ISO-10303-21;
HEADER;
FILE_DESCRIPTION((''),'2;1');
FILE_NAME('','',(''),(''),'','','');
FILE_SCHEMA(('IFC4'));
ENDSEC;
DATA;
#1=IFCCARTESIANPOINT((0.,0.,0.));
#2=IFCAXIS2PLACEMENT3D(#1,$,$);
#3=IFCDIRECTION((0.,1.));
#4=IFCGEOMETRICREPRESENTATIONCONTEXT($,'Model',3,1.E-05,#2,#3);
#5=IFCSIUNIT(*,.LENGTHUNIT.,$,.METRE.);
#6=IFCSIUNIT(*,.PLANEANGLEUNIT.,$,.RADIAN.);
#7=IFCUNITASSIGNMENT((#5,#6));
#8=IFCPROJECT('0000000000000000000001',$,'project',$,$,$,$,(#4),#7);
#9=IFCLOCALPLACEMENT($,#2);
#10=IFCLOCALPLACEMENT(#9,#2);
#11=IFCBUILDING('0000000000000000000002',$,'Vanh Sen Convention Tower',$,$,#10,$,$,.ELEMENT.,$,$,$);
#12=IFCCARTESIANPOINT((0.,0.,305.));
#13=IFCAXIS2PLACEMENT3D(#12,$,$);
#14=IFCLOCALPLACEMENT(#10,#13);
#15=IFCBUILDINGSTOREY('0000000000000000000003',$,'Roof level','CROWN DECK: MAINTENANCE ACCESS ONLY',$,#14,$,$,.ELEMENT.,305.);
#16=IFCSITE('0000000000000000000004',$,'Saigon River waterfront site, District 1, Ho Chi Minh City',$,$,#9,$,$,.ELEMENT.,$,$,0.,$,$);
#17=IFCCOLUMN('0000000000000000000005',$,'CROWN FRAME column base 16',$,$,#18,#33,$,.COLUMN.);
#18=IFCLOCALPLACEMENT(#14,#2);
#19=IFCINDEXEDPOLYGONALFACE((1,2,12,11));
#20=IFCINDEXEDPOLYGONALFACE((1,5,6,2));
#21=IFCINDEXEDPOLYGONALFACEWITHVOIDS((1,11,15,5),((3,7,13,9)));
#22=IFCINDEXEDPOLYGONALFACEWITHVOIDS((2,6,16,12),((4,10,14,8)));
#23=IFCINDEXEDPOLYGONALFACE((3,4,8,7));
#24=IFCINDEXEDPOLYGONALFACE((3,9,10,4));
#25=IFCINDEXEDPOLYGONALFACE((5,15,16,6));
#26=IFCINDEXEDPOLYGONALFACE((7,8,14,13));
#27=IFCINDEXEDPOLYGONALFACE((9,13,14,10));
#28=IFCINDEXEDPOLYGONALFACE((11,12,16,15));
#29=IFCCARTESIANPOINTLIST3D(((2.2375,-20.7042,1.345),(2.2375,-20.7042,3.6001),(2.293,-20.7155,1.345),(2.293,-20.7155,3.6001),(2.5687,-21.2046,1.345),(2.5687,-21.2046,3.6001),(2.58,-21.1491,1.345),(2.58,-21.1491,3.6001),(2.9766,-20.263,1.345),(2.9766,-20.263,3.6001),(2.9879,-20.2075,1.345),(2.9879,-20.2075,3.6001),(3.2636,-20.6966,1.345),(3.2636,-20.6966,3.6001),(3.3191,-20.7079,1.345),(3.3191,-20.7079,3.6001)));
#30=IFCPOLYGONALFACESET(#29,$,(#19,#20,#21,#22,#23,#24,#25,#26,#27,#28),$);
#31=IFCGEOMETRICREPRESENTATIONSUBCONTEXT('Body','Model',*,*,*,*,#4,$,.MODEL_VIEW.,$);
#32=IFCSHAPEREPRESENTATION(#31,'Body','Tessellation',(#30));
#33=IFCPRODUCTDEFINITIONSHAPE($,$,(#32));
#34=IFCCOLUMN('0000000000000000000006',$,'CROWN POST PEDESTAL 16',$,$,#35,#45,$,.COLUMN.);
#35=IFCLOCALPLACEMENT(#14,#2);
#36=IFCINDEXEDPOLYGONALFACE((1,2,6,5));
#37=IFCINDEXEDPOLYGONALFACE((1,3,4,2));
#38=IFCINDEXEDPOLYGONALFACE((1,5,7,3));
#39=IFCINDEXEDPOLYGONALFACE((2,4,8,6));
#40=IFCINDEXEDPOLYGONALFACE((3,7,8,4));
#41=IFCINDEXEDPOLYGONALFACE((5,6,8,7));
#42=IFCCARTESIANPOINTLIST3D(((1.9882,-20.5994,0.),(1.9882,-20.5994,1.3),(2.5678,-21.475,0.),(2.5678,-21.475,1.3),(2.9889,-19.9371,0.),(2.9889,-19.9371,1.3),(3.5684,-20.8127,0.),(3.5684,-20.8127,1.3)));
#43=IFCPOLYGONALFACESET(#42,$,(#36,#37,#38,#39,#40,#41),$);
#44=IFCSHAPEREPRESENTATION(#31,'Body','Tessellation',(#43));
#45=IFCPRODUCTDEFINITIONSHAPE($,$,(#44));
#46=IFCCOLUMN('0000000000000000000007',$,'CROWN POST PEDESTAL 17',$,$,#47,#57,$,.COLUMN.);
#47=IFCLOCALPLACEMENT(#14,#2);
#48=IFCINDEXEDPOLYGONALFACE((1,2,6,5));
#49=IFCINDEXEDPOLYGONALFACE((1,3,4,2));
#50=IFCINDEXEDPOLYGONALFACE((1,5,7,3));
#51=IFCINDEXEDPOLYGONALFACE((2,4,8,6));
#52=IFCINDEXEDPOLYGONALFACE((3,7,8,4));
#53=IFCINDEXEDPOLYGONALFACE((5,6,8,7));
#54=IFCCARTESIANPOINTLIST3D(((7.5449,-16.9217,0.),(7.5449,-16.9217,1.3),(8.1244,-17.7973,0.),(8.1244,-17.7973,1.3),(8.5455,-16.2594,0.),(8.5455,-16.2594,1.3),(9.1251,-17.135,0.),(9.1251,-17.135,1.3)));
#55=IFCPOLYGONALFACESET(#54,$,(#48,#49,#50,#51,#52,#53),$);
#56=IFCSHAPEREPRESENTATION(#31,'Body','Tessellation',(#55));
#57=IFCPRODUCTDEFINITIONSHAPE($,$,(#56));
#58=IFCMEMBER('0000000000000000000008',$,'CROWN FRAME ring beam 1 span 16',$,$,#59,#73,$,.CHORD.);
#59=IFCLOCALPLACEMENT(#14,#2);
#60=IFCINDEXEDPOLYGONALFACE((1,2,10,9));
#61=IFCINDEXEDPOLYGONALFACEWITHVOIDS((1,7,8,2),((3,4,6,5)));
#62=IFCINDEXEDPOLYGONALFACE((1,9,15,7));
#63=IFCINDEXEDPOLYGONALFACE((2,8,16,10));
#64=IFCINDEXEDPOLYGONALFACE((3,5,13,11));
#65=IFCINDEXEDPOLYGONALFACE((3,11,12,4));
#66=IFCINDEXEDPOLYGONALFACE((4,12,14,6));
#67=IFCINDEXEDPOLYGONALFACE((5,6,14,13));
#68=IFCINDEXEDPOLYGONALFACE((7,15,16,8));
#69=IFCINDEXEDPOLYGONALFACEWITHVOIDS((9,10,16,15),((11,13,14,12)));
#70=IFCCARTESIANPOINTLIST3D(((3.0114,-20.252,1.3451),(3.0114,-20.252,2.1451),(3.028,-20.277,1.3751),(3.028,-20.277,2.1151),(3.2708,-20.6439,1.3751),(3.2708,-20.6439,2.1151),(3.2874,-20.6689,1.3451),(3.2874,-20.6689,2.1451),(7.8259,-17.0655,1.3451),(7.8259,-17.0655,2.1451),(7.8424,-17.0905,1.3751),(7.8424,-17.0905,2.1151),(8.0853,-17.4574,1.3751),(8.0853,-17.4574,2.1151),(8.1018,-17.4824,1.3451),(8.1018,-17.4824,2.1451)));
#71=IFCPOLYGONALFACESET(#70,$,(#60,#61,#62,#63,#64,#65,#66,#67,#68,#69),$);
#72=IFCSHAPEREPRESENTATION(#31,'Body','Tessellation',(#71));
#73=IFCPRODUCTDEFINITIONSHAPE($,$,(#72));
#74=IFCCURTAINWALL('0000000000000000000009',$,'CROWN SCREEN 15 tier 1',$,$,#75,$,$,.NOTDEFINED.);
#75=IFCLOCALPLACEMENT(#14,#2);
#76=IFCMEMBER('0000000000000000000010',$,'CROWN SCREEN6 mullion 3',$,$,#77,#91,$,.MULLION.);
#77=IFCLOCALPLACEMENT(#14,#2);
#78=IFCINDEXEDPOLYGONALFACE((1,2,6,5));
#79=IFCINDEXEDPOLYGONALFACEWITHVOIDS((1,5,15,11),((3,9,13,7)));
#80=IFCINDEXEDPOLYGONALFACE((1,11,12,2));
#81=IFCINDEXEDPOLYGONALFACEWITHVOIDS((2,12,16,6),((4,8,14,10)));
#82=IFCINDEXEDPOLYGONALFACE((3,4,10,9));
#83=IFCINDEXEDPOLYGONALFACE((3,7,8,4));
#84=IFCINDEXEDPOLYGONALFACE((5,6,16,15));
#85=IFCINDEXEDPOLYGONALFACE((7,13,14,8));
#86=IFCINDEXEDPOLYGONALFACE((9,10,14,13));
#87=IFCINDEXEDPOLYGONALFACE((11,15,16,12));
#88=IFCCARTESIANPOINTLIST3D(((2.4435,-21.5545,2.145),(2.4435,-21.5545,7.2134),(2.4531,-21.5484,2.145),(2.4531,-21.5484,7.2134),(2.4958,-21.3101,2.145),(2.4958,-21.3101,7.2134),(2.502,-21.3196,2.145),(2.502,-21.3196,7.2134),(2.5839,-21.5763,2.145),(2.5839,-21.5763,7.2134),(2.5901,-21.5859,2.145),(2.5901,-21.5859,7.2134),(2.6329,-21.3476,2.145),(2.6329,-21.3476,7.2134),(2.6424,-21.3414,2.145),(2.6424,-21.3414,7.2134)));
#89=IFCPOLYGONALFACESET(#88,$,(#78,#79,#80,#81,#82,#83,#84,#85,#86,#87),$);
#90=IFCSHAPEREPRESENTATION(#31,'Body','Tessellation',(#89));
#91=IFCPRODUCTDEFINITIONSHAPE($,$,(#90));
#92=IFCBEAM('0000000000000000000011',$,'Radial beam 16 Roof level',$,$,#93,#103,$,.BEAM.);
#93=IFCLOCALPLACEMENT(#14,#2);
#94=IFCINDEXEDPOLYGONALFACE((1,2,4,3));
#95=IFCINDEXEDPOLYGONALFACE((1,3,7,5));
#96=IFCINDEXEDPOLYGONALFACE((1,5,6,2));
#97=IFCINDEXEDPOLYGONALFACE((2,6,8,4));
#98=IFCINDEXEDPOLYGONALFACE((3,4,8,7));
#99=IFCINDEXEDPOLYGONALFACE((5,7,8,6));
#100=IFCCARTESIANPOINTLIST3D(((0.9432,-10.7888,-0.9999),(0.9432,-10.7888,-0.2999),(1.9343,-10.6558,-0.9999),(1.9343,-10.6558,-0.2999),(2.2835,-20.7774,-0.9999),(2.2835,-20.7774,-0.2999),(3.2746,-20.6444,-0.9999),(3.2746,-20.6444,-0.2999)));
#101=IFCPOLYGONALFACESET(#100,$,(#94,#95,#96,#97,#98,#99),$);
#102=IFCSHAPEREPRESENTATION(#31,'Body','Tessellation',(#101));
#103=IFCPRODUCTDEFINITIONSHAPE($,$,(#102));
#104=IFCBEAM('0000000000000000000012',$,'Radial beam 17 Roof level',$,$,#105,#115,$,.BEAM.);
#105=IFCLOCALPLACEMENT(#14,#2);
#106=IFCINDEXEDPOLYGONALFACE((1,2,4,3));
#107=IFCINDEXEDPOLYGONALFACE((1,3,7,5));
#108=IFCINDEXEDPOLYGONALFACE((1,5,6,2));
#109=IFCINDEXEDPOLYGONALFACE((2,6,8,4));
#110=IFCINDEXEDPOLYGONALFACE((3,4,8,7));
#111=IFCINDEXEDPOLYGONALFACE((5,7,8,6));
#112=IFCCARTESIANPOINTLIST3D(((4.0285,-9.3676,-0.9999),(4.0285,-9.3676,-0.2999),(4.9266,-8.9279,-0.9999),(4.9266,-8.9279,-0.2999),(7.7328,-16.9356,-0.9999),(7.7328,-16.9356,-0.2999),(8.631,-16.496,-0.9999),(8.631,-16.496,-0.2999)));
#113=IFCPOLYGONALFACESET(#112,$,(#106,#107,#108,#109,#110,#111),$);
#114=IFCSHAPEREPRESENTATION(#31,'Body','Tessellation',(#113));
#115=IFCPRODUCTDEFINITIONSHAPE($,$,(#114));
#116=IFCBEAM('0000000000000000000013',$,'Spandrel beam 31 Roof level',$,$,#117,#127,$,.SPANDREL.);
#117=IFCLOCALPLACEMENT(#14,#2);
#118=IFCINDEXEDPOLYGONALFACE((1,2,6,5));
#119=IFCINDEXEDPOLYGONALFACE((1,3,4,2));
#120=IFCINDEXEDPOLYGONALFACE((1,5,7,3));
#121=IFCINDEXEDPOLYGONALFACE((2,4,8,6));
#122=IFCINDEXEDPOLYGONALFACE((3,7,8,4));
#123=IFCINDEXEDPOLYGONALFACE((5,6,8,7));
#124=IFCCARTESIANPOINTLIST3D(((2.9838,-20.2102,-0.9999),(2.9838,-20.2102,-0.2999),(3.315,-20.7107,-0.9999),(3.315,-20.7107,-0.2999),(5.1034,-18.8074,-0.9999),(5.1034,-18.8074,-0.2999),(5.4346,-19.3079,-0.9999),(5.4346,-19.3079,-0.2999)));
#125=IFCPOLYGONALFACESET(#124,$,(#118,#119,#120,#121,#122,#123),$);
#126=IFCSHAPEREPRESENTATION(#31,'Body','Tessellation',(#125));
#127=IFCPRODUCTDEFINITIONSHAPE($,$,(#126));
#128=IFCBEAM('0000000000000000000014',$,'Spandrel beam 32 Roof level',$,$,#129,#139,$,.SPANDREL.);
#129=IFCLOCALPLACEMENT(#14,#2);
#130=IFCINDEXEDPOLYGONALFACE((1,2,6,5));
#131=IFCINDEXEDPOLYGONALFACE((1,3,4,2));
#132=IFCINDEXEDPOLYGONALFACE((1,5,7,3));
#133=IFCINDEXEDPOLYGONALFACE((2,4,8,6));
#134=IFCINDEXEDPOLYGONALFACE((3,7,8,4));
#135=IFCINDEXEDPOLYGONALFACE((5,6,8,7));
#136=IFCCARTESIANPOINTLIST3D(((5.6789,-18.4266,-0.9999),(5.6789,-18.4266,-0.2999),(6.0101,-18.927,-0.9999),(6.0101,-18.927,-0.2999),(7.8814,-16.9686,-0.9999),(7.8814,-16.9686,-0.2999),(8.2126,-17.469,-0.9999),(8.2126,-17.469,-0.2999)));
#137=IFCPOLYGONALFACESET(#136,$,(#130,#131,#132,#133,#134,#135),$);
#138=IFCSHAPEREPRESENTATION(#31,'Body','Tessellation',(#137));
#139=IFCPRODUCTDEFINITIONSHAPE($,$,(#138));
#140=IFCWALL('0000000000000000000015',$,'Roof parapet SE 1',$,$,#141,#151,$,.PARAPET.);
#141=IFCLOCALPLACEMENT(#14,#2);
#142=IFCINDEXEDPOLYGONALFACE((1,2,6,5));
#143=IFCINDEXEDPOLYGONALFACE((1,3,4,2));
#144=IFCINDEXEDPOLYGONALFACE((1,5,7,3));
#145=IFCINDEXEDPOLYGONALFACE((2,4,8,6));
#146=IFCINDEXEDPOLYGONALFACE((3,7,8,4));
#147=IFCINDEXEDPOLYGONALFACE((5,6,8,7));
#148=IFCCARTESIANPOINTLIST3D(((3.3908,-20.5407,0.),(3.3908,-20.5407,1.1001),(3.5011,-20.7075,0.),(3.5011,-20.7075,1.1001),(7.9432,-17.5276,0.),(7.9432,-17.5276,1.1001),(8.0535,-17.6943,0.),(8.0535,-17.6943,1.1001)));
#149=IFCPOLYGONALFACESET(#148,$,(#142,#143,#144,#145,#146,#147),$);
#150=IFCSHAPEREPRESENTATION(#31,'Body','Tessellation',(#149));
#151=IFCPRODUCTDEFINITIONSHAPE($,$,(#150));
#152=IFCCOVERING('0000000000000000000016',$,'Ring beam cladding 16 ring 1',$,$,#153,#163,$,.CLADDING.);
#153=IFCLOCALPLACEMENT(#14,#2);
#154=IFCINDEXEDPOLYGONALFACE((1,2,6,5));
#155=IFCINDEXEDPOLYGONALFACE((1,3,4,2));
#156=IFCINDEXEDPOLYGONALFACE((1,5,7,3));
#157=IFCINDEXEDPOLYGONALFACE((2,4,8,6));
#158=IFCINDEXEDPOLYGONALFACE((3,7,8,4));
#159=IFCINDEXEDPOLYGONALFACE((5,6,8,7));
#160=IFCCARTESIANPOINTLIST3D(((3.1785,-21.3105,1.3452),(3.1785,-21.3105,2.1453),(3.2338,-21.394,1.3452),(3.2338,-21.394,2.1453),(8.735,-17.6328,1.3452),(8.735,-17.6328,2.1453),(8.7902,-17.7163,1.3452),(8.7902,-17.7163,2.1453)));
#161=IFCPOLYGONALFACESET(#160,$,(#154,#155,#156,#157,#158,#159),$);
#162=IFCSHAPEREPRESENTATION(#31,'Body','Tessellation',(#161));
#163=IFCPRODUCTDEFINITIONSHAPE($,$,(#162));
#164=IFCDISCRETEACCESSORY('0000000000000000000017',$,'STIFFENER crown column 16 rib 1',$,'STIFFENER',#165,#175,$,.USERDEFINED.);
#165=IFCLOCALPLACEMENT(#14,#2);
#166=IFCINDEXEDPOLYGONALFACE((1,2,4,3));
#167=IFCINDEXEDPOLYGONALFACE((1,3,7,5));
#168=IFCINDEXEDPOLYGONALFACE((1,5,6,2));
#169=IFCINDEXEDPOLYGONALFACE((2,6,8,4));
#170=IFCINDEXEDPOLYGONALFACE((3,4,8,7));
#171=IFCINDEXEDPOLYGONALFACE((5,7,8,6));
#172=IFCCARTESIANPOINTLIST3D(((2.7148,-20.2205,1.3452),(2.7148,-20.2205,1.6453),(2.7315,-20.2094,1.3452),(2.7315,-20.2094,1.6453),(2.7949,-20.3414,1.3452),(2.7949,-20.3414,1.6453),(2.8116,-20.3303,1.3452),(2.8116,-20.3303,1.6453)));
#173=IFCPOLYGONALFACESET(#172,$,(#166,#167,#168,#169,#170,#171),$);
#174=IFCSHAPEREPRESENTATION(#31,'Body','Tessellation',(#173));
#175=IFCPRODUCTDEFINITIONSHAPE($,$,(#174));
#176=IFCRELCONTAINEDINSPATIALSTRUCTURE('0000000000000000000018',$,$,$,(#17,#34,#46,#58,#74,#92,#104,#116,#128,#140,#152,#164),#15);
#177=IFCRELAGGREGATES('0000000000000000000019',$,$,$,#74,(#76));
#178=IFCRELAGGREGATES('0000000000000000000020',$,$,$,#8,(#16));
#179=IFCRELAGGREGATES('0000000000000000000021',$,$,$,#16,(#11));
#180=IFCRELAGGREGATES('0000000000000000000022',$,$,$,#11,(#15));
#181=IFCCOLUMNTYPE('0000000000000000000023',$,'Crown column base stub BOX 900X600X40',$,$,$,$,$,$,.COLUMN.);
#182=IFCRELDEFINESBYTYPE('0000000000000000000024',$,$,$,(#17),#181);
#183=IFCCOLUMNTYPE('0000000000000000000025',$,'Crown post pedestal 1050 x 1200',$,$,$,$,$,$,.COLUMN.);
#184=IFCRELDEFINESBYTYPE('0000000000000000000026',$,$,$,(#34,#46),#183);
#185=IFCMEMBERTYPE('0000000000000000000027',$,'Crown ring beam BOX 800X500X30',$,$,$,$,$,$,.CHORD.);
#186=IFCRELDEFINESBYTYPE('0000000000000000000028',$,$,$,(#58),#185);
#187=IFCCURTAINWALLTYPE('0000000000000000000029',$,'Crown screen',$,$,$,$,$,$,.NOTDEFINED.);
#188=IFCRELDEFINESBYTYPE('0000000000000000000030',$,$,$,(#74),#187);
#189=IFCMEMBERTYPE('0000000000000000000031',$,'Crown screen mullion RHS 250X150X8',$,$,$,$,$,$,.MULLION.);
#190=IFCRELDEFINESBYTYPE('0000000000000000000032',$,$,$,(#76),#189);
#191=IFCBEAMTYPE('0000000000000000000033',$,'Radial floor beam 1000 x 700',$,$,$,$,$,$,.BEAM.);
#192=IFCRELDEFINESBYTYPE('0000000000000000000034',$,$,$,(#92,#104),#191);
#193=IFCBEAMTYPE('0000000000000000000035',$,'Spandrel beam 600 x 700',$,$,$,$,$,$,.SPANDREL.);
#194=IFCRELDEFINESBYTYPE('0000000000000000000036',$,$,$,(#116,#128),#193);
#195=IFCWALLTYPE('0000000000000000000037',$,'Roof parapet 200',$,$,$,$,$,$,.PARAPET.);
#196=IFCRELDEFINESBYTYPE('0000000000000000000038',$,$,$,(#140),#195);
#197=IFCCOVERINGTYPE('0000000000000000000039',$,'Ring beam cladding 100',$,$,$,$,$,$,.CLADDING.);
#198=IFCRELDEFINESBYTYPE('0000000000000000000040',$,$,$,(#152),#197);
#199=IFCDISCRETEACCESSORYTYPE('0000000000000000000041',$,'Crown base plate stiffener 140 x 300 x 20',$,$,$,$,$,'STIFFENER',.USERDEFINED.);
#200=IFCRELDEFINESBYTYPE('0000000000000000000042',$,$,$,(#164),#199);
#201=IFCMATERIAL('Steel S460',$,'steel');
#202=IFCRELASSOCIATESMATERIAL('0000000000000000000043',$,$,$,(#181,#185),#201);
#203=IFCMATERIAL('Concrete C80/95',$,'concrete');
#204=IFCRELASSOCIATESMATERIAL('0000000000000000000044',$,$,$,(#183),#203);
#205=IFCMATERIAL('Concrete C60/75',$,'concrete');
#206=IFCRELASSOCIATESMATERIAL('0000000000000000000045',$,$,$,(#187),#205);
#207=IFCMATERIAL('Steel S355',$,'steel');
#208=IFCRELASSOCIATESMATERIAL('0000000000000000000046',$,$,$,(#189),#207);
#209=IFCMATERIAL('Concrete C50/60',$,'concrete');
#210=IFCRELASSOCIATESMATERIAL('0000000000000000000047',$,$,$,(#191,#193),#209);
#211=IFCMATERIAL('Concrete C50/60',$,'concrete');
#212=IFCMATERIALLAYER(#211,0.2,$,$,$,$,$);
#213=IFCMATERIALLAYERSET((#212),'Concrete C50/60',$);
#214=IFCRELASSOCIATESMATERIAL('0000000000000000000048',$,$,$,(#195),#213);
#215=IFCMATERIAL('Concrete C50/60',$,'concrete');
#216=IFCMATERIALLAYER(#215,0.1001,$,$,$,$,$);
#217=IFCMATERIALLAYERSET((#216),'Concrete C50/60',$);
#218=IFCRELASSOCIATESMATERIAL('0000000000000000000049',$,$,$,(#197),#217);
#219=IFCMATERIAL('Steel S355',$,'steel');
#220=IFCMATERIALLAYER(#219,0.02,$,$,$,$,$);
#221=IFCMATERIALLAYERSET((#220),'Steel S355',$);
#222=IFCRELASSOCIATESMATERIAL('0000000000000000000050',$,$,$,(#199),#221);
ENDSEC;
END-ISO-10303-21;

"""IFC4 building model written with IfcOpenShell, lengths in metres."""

from ifc_helpers import new_model, si_unit, direction, frame, frame_2d, origin, origin_2d, place, context, subcontext, project, spatial, rectangle, hollow_rectangle, extrude, material, layer, layer_set, material_profile, profile_set, type_object, element, aggregate, save


model = new_model("IFC4")

# Units and contexts
model_context = context("Model", 3, precision=1e-05, world=origin(), true_north=direction((0.0, 1.0)))
body_context = subcontext(model_context, "Body", "Model", "MODEL_VIEW")
ifc_project = project(units=[si_unit("LENGTHUNIT", "METRE"), si_unit("PLANEANGLEUNIT", "RADIAN")], contexts=[model_context])

# Site, building, storey
site_placement = place(None, origin())
site = spatial("IfcSite", under=ifc_project, at=site_placement, Name="Saigon River waterfront site, District 1, Ho Chi Minh City", CompositionType="ELEMENT", RefElevation=0.0)
building_placement = place(site_placement, origin())
building = spatial("IfcBuilding", under=site, at=building_placement, Name="Vanh Sen Convention Tower", CompositionType="ELEMENT")
storey_placement = place(building_placement, frame((0.0, 0.0, 305.0)))
storey = spatial("IfcBuildingStorey", under=building, at=storey_placement, Name="Roof level", Description="CROWN DECK: MAINTENANCE ACCESS ONLY", CompositionType="ELEMENT", Elevation=305.0)

# Columns
ifc_material_1 = material(Name="Steel S460", Category="steel")
ifc_material_profile_1 = material_profile(ifc_material_1, hollow_rectangle(XDim=0.6001, YDim=0.8999, WallThickness=0.04, at=origin_2d()), Name="BOX 900X600X40")
ifc_profile_set_1 = profile_set([ifc_material_profile_1], Name="Steel S460")
column_type_1 = type_object("IfcColumnType", Name="Crown column base stub BOX 900X600X40", PredefinedType="COLUMN", material=ifc_profile_set_1)
column_placement = place(storey_placement, frame((2.7783, -20.7061, 1.345), z_axis=(0.0, 0.0, 1.0), x_axis=(-0.551937, 0.833886, 0.0)))
element("IfcColumn", 1, at=column_placement, inside=storey, type_object=column_type_1, Name="CROWN FRAME column base 16", PredefinedType="COLUMN", context=body_context, shape_type="SweptSolid", body=[
    extrude(hollow_rectangle(XDim=0.6001, YDim=0.8999, WallThickness=0.04, at=origin_2d()), origin(), (0.0, 0.0, 1.0), 2.2551),
])
ifc_material_2 = material(Name="Concrete C80/95", Category="concrete")
ifc_material_profile_2 = material_profile(ifc_material_2, rectangle(XDim=1.05, YDim=1.2, at=origin_2d()), Name="RC 1050X1200")
ifc_profile_set_2 = profile_set([ifc_material_profile_2], Name="Concrete C80/95")
column_type_2 = type_object("IfcColumnType", Name="Crown post pedestal 1050 x 1200", PredefinedType="COLUMN", material=ifc_profile_set_2)
for number, where, z_axis, x_axis, name in (
    (2, (2.7783, -20.7061, 0.0), (0.0, 0.0, 1.0), (-0.551937, 0.833886, 0.0), "CROWN POST PEDESTAL 16"),
    (3, (8.335, -17.0283, 0.0), (0.0, 0.0, 1.0), (-0.551937, 0.833886, 0.0), "CROWN POST PEDESTAL 17"),
):
    element("IfcColumn", number, at=place(storey_placement, frame(where, z_axis=z_axis, x_axis=x_axis)), inside=storey, type_object=column_type_2, Name=name, PredefinedType="COLUMN", context=body_context, shape_type="SweptSolid", body=[
        extrude(rectangle(XDim=1.05, YDim=1.2, at=origin_2d()), origin(), (0.0, 0.0, 1.0), 1.3),
    ])

# Member
ifc_material_profile_3 = material_profile(ifc_material_1, hollow_rectangle(XDim=0.5, YDim=0.8, WallThickness=0.03, at=origin_2d()), Name="BOX 800X500X30")
ifc_profile_set_3 = profile_set([ifc_material_profile_3], Name="Steel S460")
member_type_1 = type_object("IfcMemberType", Name="Crown ring beam BOX 800X500X30", PredefinedType="CHORD", material=ifc_profile_set_3)
member_1_placement = place(storey_placement, frame((3.1494, -20.4604, 1.7451), z_axis=(0.833893, 0.551926, 0.0), x_axis=(-0.551926, 0.833893, 0.0)))
element("IfcMember", 4, at=member_1_placement, inside=storey, type_object=member_type_1, Name="CROWN FRAME ring beam 1 span 16", PredefinedType="CHORD", context=body_context, shape_type="SweptSolid", body=[
    extrude(hollow_rectangle(XDim=0.5, YDim=0.8, WallThickness=0.03, at=origin_2d()), origin(), (0.0, 0.0, 1.0), 5.7734),
])

# Curtain wall, member
ifc_material_3 = material(Name="Concrete C60/75", Category="concrete")
curtain_wall_type = type_object("IfcCurtainWallType", Name="Crown screen", PredefinedType="NOTDEFINED", material=ifc_material_3)
curtain_wall_placement = place(storey_placement, origin())
curtain_wall = element("IfcCurtainWall", 5, at=curtain_wall_placement, inside=storey, type_object=curtain_wall_type, Name="CROWN SCREEN 15 tier 1", PredefinedType="NOTDEFINED")
ifc_material_4 = material(Name="Steel S355", Category="steel")
ifc_material_profile_4 = material_profile(ifc_material_4, hollow_rectangle(XDim=0.25, YDim=0.1499, WallThickness=0.0081, at=origin_2d()), Name="RHS 250X150X8")
ifc_profile_set_4 = profile_set([ifc_material_profile_4], Name="Steel S355")
member_type_2 = type_object("IfcMemberType", Name="Crown screen mullion RHS 250X150X8", PredefinedType="MULLION", material=ifc_profile_set_4)
member_2_placement = place(storey_placement, frame((2.543, -21.448, 2.145), z_axis=(0.0, 0.0, 1.0), x_axis=(0.209236, 0.977865, 0.0)))
member_2 = element("IfcMember", 6, at=member_2_placement, type_object=member_type_2, Name="CROWN SCREEN6 mullion 3", PredefinedType="MULLION", context=body_context, shape_type="SweptSolid", body=[
    extrude(hollow_rectangle(XDim=0.25, YDim=0.1499, WallThickness=0.0081, at=origin_2d()), origin(), (0.0, 0.0, 1.0), 5.0684),
])
aggregate(curtain_wall, [member_2])

# Beams
ifc_material_5 = material(Name="Concrete C50/60", Category="concrete")
ifc_material_profile_5 = material_profile(ifc_material_5, rectangle(XDim=1.0, YDim=0.7, at=origin_2d()), Name="RC 1000X700")
ifc_profile_set_5 = profile_set([ifc_material_profile_5], Name="Concrete C50/60")
beam_type_1 = type_object("IfcBeamType", Name="Radial floor beam 1000 x 700", PredefinedType="BEAM", material=ifc_profile_set_5)
beam_1_placement = place(storey_placement, frame((2.7791, -20.7109, -0.6499), z_axis=(-0.132995, 0.991117, 0.0), x_axis=(-0.991117, -0.132995, 0.0)))
element("IfcBeam", 7, at=beam_1_placement, inside=storey, type_object=beam_type_1, Name="Radial beam 16 Roof level", PredefinedType="BEAM", context=body_context, shape_type="SweptSolid", body=[
    extrude(rectangle(XDim=1.0, YDim=0.7, at=origin_2d()), origin(), (0.0, 0.0, 1.0), 10.0781),
])
beam_2_placement = place(storey_placement, frame((8.1819, -16.7158, -0.6499), z_axis=(-0.439629, 0.898179, 0.0), x_axis=(-0.898179, -0.439629, 0.0)))
element("IfcBeam", 8, at=beam_2_placement, inside=storey, type_object=beam_type_1, Name="Radial beam 17 Roof level", PredefinedType="BEAM", context=body_context, shape_type="SweptSolid", body=[
    extrude(rectangle(XDim=1.0, YDim=0.7, at=origin_2d()), origin(), (0.0, 0.0, 1.0), 8.426),
])
ifc_material_profile_6 = material_profile(ifc_material_5, rectangle(XDim=0.6001, YDim=0.7, at=origin_2d()), Name="RC 600X700")
ifc_profile_set_6 = profile_set([ifc_material_profile_6], Name="Concrete C50/60")
beam_type_2 = type_object("IfcBeamType", Name="Spandrel beam 600 x 700", PredefinedType="SPANDREL", material=ifc_profile_set_6)
beam_3_placement = place(storey_placement, frame((3.1494, -20.4604, -0.6499), z_axis=(0.833908, 0.551904, 0.0), x_axis=(-0.551904, 0.833908, 0.0)))
element("IfcBeam", 9, at=beam_3_placement, inside=storey, type_object=beam_type_2, Name="Spandrel beam 31 Roof level", PredefinedType="SPANDREL", context=body_context, shape_type="SweptSolid", body=[
    extrude(rectangle(XDim=0.6001, YDim=0.7, at=origin_2d()), origin(), (0.0, 0.0, 1.0), 2.5417),
])
beam_4_placement = place(storey_placement, frame((5.8445, -18.6768, -0.6499), z_axis=(0.833866, 0.551967, 0.0), x_axis=(-0.551967, 0.833866, 0.0)))
element("IfcBeam", 10, at=beam_4_placement, inside=storey, type_object=beam_type_2, Name="Spandrel beam 32 Roof level", PredefinedType="SPANDREL", context=body_context, shape_type="SweptSolid", body=[
    extrude(rectangle(XDim=0.6001, YDim=0.7, at=origin_2d()), origin(), (0.0, 0.0, 1.0), 2.6414),
])

# Wall
ifc_material_6 = material(Name="Concrete C50/60", Category="concrete")
ifc_layer_1 = layer(ifc_material_6, 0.2)
ifc_layer_set_1 = layer_set([ifc_layer_1], Name="Concrete C50/60")
wall_type = type_object("IfcWallType", Name="Roof parapet 200", PredefinedType="PARAPET", material=ifc_layer_set_1)
wall_placement = place(storey_placement, frame((3.446, -20.624, 0.0), z_axis=(0.0, 0.0, 1.0), x_axis=(0.83389, 0.551931, 0.0)))
element("IfcWall", 11, at=wall_placement, inside=storey, type_object=wall_type, Name="Roof parapet SE 1", PredefinedType="PARAPET", context=body_context, shape_type="SweptSolid", body=[
    extrude(rectangle(XDim=5.4592, YDim=0.2, at=frame_2d((2.7295, 0.0))), origin(), (0.0, 0.0, 1.0), 1.1001),
])

# Covering
ifc_material_7 = material(Name="Concrete C50/60", Category="concrete")
ifc_layer_2 = layer(ifc_material_7, 0.1001)
ifc_layer_set_2 = layer_set([ifc_layer_2], Name="Concrete C50/60")
covering_type = type_object("IfcCoveringType", Name="Ring beam cladding 100", PredefinedType="CLADDING", material=ifc_layer_set_2)
covering_placement = place(storey_placement, frame((5.9844, -19.5134, 1.3452), z_axis=(0.0, 0.0, 1.0), x_axis=(0.833891, 0.55193, 0.0)))
element("IfcCovering", 12, at=covering_placement, inside=storey, type_object=covering_type, Name="Ring beam cladding 16 ring 1", PredefinedType="CLADDING", context=body_context, shape_type="SweptSolid", body=[
    extrude(rectangle(XDim=6.6633, YDim=0.1001, at=origin_2d()), origin(), (0.0, 0.0, 1.0), 0.8),
])

# Discrete accessory
ifc_material_8 = material(Name="Steel S355", Category="steel")
ifc_layer_3 = layer(ifc_material_8, 0.02)
ifc_layer_set_3 = layer_set([ifc_layer_3], Name="Steel S355")
discrete_accessory_type_1 = type_object("IfcDiscreteAccessoryType", Name="Crown base plate stiffener 140 x 300 x 20", ElementType="STIFFENER", PredefinedType="USERDEFINED", material=ifc_layer_set_3)
for number, where, z_axis, x_axis, name in (
    (13, (2.7632, -20.2754, 1.3452), (0.0, 0.0, 1.0), (-0.551937, 0.833886, 0.0), "STIFFENER crown column 16 rib 1"),
):
    element("IfcDiscreteAccessory", number, at=place(storey_placement, frame(where, z_axis=z_axis, x_axis=x_axis)), inside=storey, type_object=discrete_accessory_type_1, Name=name, ObjectType="STIFFENER", PredefinedType="USERDEFINED", context=body_context, shape_type="SweptSolid", body=[
        extrude(rectangle(XDim=0.145, YDim=0.02, at=origin_2d()), origin(), (0.0, 0.0, 1.0), 0.3),
    ])

save(model, "model.ifc")
